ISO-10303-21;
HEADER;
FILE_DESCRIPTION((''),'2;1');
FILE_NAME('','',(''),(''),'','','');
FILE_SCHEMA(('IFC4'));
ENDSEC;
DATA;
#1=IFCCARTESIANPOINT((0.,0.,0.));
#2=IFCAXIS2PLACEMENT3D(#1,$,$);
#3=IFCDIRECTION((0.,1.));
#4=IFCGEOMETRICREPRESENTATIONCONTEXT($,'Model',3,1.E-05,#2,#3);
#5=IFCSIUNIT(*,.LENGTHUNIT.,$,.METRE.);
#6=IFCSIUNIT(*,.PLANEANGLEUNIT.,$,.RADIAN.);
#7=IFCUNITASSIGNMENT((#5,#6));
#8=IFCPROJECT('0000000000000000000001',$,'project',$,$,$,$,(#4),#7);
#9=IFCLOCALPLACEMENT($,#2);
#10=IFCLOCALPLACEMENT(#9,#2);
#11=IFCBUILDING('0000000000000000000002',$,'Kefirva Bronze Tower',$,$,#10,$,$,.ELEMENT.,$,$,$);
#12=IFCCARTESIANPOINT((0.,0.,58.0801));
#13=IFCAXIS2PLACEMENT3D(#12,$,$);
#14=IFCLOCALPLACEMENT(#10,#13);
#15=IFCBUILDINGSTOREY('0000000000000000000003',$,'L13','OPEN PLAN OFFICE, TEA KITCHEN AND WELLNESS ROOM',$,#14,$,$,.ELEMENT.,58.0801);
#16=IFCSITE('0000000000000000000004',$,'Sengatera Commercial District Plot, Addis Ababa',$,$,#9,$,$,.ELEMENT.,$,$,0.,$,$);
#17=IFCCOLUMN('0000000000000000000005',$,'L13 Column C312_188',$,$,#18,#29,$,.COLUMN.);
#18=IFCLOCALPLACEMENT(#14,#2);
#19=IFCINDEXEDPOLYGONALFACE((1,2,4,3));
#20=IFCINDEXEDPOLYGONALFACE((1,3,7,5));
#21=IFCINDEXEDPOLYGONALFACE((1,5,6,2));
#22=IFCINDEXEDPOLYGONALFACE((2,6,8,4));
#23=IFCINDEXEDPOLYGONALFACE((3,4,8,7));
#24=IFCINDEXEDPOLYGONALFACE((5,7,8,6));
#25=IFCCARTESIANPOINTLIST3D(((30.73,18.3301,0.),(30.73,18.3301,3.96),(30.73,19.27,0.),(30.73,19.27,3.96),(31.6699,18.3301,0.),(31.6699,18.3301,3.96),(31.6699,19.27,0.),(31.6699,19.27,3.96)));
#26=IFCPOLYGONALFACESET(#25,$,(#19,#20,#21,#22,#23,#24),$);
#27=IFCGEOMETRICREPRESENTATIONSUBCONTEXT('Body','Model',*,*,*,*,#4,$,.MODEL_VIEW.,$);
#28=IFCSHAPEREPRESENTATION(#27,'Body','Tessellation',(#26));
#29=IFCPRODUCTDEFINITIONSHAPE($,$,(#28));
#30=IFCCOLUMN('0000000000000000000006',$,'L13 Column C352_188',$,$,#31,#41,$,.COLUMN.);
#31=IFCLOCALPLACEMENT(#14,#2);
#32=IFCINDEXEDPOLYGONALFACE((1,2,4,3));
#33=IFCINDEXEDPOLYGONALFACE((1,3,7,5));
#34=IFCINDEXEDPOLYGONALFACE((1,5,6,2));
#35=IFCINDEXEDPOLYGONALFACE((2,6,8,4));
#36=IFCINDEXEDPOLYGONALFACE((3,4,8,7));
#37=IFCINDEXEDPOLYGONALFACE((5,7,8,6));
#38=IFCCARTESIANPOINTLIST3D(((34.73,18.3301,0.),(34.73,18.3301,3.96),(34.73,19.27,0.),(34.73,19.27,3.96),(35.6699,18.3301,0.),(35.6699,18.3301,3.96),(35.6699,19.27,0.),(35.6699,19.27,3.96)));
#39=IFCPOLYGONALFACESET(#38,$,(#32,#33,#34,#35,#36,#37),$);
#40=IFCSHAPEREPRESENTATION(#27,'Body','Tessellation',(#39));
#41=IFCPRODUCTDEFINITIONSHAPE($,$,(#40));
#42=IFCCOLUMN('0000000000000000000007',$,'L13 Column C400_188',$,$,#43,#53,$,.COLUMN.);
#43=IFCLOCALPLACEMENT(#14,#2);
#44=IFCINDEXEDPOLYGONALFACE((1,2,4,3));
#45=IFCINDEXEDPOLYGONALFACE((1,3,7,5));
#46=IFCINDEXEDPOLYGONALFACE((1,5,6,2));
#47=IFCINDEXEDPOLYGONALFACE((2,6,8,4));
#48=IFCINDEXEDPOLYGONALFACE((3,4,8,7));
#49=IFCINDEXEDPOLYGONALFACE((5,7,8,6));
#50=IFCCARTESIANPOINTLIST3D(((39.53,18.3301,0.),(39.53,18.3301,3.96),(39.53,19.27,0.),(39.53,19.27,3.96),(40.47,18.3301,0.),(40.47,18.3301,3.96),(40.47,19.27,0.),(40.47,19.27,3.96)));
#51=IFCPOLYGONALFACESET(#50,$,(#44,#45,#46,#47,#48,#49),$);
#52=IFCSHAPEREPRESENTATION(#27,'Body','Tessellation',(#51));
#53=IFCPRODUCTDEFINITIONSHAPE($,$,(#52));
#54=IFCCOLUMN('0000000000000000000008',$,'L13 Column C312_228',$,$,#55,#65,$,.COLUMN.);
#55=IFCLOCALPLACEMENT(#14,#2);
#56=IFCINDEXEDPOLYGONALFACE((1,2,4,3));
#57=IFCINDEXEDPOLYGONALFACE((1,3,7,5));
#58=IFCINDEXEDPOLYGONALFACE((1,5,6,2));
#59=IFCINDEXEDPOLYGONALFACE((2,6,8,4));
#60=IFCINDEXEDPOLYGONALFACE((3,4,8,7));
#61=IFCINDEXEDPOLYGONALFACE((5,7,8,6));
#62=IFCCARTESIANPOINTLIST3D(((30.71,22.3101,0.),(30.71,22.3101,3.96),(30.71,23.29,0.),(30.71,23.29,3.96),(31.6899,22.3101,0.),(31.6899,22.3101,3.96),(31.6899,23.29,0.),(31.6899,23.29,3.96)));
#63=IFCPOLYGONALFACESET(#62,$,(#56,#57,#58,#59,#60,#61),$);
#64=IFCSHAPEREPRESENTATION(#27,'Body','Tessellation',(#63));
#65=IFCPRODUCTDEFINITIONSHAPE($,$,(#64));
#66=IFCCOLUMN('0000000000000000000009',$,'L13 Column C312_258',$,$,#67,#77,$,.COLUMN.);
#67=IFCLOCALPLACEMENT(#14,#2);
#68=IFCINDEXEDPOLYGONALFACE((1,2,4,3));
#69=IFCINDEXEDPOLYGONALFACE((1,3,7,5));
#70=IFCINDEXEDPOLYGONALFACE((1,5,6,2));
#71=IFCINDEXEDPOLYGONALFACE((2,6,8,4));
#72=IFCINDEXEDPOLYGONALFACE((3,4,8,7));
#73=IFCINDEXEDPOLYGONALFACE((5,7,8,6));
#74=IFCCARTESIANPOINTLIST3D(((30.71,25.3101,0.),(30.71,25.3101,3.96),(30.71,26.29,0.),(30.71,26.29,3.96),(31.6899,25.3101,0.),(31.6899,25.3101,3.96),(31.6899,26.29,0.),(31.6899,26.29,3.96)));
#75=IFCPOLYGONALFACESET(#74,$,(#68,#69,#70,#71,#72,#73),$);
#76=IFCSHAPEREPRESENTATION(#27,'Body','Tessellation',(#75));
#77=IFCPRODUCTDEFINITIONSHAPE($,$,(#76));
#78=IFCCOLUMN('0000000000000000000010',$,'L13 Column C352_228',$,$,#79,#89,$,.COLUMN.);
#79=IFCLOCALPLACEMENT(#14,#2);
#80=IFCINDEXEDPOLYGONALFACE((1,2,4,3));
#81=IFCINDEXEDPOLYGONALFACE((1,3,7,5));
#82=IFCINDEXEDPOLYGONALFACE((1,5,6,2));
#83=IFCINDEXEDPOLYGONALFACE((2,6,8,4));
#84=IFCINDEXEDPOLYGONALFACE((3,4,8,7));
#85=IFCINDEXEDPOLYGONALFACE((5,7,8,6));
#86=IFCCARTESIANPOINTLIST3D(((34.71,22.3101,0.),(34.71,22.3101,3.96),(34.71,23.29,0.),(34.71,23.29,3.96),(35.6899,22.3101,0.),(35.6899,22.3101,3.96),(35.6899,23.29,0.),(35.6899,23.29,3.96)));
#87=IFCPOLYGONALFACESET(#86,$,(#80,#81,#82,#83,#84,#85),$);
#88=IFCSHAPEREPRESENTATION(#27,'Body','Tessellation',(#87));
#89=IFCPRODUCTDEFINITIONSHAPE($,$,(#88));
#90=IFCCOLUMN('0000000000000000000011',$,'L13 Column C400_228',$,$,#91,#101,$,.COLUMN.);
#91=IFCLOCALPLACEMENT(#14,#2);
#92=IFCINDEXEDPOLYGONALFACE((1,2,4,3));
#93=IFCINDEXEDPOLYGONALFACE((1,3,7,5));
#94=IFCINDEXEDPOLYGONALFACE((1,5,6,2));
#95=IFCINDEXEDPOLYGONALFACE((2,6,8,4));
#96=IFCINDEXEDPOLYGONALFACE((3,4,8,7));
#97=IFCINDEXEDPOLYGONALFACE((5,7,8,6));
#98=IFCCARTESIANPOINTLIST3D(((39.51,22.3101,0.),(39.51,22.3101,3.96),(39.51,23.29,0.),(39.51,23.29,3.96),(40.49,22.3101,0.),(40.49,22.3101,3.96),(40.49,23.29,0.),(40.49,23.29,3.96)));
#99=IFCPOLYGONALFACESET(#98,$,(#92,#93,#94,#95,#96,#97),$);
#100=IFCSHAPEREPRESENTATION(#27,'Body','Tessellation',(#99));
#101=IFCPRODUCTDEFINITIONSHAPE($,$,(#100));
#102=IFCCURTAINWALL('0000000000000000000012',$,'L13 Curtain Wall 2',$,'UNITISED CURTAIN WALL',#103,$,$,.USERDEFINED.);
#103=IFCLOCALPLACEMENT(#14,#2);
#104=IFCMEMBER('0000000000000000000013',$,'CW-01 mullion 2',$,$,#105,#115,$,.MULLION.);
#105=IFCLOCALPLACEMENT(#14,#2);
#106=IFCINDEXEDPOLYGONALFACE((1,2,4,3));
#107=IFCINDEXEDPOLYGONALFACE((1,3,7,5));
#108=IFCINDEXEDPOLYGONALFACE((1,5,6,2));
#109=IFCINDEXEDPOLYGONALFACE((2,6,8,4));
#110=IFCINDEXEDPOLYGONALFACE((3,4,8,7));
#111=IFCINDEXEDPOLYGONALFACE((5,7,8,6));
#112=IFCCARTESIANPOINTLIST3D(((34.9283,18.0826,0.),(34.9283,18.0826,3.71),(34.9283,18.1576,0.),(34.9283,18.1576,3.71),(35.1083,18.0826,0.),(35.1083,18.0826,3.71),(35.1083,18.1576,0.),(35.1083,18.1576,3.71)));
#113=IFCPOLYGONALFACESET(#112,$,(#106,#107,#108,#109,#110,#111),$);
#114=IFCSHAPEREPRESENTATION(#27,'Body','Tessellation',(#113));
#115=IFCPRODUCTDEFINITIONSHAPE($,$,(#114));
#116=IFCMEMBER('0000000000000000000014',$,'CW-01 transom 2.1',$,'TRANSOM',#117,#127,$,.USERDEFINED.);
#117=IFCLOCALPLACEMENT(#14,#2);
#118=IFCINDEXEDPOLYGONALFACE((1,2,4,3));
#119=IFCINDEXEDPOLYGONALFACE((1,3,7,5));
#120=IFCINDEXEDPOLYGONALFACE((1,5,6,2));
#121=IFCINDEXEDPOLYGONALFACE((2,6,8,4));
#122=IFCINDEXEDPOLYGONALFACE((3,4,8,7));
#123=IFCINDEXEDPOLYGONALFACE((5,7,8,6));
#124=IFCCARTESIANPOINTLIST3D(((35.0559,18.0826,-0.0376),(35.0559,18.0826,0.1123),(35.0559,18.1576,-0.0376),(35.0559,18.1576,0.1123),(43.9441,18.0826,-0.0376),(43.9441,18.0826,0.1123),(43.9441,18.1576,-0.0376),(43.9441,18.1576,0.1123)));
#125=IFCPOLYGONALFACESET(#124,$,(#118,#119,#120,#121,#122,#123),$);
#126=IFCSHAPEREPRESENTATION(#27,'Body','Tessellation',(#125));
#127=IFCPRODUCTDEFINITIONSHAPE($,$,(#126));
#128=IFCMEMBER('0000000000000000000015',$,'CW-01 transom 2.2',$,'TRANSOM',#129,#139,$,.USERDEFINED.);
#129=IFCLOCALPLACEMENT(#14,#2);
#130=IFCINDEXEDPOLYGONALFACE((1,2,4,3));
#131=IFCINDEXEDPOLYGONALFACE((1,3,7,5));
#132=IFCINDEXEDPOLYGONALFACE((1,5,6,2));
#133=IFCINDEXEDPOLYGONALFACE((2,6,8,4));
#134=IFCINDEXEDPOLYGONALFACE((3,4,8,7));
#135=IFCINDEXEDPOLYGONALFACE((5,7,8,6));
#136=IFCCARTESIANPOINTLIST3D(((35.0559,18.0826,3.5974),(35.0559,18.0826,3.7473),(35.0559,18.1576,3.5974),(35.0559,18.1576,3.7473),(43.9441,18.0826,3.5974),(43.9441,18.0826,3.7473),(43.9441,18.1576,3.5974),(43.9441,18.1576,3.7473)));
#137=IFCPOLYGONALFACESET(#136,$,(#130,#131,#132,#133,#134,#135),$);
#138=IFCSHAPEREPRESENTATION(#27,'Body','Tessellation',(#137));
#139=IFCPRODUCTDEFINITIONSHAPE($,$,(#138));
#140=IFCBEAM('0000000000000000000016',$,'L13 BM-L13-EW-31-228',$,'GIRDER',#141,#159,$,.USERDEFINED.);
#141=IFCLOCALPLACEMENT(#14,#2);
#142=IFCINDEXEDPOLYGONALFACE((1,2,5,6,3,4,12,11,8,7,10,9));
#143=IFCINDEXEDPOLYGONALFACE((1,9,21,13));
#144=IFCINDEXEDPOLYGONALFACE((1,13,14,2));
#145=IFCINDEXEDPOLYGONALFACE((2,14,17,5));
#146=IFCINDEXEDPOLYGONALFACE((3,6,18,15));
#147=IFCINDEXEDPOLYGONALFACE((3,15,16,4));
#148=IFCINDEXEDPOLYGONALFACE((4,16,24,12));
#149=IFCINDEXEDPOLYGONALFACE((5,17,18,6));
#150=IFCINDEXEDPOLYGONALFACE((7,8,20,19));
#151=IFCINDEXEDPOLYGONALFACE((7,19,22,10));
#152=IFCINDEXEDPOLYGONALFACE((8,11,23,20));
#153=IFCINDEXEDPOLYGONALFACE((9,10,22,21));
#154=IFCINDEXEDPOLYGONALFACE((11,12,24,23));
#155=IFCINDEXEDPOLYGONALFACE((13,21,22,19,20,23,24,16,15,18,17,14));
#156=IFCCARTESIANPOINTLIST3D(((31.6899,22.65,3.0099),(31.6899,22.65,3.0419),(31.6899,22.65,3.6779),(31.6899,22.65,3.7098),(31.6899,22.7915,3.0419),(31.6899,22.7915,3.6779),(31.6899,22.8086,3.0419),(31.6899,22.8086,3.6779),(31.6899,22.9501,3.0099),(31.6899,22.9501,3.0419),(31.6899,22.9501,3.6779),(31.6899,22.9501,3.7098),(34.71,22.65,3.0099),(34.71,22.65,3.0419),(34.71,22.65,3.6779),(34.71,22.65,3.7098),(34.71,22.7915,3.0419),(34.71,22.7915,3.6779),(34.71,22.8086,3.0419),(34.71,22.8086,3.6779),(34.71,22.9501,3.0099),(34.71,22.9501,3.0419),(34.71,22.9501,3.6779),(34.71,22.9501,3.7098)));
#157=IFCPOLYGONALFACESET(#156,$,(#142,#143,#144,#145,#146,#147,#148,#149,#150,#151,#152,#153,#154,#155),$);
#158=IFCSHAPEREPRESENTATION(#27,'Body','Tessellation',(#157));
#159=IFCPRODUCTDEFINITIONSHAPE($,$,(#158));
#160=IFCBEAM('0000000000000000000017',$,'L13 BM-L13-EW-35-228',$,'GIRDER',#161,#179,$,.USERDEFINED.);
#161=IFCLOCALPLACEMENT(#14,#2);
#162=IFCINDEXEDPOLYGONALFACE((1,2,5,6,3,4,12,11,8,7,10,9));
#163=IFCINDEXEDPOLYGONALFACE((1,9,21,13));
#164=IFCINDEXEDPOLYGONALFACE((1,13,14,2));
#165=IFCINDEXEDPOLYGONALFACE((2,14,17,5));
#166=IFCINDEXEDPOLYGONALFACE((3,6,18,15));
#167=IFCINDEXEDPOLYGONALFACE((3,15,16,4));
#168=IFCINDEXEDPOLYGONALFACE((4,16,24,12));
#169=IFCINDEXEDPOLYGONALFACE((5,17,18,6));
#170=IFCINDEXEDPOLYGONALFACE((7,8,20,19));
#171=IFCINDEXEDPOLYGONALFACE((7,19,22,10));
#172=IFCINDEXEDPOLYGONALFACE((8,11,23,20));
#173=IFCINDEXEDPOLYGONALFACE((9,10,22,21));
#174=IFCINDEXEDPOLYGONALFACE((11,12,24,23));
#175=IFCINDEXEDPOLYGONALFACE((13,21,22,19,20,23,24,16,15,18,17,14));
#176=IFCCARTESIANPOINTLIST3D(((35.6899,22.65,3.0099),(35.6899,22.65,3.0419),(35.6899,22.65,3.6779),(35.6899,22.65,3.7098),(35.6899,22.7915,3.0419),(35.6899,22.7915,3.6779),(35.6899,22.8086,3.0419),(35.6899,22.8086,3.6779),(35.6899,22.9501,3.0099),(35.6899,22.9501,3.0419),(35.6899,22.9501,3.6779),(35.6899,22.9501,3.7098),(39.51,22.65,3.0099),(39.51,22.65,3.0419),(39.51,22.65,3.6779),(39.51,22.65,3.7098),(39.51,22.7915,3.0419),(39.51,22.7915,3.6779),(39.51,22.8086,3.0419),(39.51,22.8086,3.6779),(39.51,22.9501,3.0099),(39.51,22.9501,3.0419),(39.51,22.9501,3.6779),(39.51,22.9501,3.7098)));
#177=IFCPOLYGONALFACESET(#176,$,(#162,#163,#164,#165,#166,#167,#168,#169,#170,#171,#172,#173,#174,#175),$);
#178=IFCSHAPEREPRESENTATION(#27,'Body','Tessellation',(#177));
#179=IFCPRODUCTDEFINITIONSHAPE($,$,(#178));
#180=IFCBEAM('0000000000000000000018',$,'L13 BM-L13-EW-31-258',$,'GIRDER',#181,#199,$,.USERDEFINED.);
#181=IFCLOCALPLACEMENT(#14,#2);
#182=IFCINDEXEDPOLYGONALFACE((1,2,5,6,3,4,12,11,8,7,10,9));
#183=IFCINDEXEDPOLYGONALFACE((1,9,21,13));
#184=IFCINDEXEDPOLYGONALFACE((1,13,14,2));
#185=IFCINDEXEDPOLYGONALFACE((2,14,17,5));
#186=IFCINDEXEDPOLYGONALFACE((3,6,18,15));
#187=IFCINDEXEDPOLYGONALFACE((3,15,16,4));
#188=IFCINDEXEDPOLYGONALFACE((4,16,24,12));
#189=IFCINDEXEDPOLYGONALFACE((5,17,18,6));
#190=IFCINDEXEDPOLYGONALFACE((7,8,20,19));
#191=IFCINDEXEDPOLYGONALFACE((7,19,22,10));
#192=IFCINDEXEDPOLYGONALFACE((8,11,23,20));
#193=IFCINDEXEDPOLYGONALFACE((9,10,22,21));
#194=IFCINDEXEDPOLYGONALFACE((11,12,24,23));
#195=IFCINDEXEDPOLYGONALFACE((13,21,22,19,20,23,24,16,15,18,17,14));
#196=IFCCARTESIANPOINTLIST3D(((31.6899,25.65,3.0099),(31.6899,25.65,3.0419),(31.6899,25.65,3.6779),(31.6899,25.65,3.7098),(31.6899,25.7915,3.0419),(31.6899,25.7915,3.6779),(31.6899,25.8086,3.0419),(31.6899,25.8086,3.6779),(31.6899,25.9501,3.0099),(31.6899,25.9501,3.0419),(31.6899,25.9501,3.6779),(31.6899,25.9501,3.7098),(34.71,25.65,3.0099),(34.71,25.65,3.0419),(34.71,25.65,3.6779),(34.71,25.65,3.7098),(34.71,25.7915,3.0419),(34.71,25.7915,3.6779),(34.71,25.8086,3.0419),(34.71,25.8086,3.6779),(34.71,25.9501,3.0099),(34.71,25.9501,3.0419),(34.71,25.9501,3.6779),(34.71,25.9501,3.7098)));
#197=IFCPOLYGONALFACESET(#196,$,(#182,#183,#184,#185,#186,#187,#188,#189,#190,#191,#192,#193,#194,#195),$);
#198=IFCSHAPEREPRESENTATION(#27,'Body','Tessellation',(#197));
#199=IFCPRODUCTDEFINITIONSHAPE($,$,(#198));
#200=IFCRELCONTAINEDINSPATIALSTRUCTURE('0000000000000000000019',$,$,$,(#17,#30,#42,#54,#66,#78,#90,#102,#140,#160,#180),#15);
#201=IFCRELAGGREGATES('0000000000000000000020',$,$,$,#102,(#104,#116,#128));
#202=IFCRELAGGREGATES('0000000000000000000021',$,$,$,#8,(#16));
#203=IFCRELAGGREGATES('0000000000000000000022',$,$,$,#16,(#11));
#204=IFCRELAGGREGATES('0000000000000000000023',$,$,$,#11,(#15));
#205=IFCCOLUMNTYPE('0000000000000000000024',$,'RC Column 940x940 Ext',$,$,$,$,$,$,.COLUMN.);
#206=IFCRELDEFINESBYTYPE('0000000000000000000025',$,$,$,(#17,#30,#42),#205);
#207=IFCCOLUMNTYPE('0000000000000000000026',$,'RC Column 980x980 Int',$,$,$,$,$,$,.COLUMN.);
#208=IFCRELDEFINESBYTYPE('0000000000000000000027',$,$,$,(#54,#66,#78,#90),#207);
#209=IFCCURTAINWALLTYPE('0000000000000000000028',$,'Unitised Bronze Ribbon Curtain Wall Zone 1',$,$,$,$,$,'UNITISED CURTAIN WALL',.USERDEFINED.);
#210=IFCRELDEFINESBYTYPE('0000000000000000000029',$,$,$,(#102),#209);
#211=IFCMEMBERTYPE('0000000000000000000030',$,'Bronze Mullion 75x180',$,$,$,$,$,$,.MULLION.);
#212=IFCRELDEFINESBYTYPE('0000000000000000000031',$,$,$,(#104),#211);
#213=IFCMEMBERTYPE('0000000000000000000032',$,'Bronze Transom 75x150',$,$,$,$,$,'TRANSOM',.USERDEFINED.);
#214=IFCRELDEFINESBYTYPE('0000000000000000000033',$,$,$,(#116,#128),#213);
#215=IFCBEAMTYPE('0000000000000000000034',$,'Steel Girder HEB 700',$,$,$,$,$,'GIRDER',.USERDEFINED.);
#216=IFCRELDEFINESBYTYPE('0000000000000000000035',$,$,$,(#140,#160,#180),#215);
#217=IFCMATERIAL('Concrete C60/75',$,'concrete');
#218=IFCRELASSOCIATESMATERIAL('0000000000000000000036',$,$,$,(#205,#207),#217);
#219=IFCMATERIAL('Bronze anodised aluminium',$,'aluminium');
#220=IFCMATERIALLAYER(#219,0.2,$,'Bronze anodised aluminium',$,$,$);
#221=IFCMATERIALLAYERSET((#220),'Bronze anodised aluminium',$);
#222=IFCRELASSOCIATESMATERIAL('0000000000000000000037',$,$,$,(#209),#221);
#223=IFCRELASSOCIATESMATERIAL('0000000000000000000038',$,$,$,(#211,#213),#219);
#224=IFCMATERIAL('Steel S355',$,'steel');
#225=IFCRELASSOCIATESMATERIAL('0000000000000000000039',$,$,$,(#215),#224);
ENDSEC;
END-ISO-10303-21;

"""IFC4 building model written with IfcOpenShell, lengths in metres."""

from ifc_helpers import new_model, si_unit, direction, frame, origin, origin_2d, place, context, subcontext, project, spatial, rectangle, i_section, extrude, material, layer, layer_set, material_profile, profile_set, type_object, element, aggregate, save


model = new_model("IFC4")

# Units and contexts
model_context = context("Model", 3, precision=1e-05, world=origin(), true_north=direction((0.0, 1.0)))
body_context = subcontext(model_context, "Body", "Model", "MODEL_VIEW")
ifc_project = project(units=[si_unit("LENGTHUNIT", "METRE"), si_unit("PLANEANGLEUNIT", "RADIAN")], contexts=[model_context])

# Site, building, storey
site_placement = place(None, origin())
site = spatial("IfcSite", under=ifc_project, at=site_placement, Name="Sengatera Commercial District Plot, Addis Ababa", CompositionType="ELEMENT", RefElevation=0.0)
building_placement = place(site_placement, origin())
building = spatial("IfcBuilding", under=site, at=building_placement, Name="Kefirva Bronze Tower", CompositionType="ELEMENT")
storey_placement = place(building_placement, frame((0.0, 0.0, 58.0801)))
storey = spatial("IfcBuildingStorey", under=building, at=storey_placement, Name="L13", Description="OPEN PLAN OFFICE, TEA KITCHEN AND WELLNESS ROOM", CompositionType="ELEMENT", Elevation=58.0801)

# Columns
ifc_material_1 = material(Name="Concrete C60/75", Category="concrete")
ifc_material_profile_1 = material_profile(ifc_material_1, rectangle(XDim=0.9399, YDim=0.9399, at=origin_2d()), Name="RC 940x940")
ifc_profile_set_1 = profile_set([ifc_material_profile_1], Name="Concrete C60/75")
column_type_1 = type_object("IfcColumnType", Name="RC Column 940x940 Ext", PredefinedType="COLUMN", material=ifc_profile_set_1)
for number, where, z_axis, x_axis, name in (
    (1, (31.2, 18.8, 0.0), (0.0, 0.0, 1.0), (1.0, 0.0, 0.0), "L13 Column C312_188"),
    (2, (35.2, 18.8, 0.0), (0.0, 0.0, 1.0), (1.0, 0.0, 0.0), "L13 Column C352_188"),
    (3, (40.0, 18.8, 0.0), (0.0, 0.0, 1.0), (1.0, 0.0, 0.0), "L13 Column C400_188"),
):
    element("IfcColumn", number, at=place(storey_placement, frame(where, z_axis=z_axis, x_axis=x_axis)), inside=storey, type_object=column_type_1, Name=name, PredefinedType="COLUMN", context=body_context, shape_type="SweptSolid", body=[
        extrude(rectangle(XDim=0.9399, YDim=0.9399, at=origin_2d()), origin(), (0.0, 0.0, 1.0), 3.96),
    ])
ifc_material_profile_2 = material_profile(ifc_material_1, rectangle(XDim=0.98, YDim=0.98, at=origin_2d()), Name="RC 980x980")
ifc_profile_set_2 = profile_set([ifc_material_profile_2], Name="Concrete C60/75")
column_type_2 = type_object("IfcColumnType", Name="RC Column 980x980 Int", PredefinedType="COLUMN", material=ifc_profile_set_2)
for number, where, z_axis, x_axis, name in (
    (4, (31.2, 22.8, 0.0), (0.0, 0.0, 1.0), (1.0, 0.0, 0.0), "L13 Column C312_228"),
    (5, (31.2, 25.8, 0.0), (0.0, 0.0, 1.0), (1.0, 0.0, 0.0), "L13 Column C312_258"),
    (6, (35.2, 22.8, 0.0), (0.0, 0.0, 1.0), (1.0, 0.0, 0.0), "L13 Column C352_228"),
    (7, (40.0, 22.8, 0.0), (0.0, 0.0, 1.0), (1.0, 0.0, 0.0), "L13 Column C400_228"),
):
    element("IfcColumn", number, at=place(storey_placement, frame(where, z_axis=z_axis, x_axis=x_axis)), inside=storey, type_object=column_type_2, Name=name, PredefinedType="COLUMN", context=body_context, shape_type="SweptSolid", body=[
        extrude(rectangle(XDim=0.98, YDim=0.98, at=origin_2d()), origin(), (0.0, 0.0, 1.0), 3.96),
    ])

# Curtain wall, members
ifc_material_2 = material(Name="Bronze anodised aluminium", Category="aluminium")
ifc_layer_1 = layer(ifc_material_2, 0.2, Name="Bronze anodised aluminium")
ifc_layer_set_1 = layer_set([ifc_layer_1], Name="Bronze anodised aluminium")
curtain_wall_type = type_object("IfcCurtainWallType", Name="Unitised Bronze Ribbon Curtain Wall Zone 1", ElementType="UNITISED CURTAIN WALL", PredefinedType="USERDEFINED", material=ifc_layer_set_1)
curtain_wall_placement = place(storey_placement, origin())
curtain_wall = element("IfcCurtainWall", 8, at=curtain_wall_placement, inside=storey, type_object=curtain_wall_type, Name="L13 Curtain Wall 2", ObjectType="UNITISED CURTAIN WALL", PredefinedType="USERDEFINED")
ifc_material_profile_3 = material_profile(ifc_material_2, rectangle(XDim=0.075, YDim=0.1799, at=origin_2d()), Name="ALU 75x180")
ifc_profile_set_3 = profile_set([ifc_material_profile_3], Name="Bronze anodised aluminium")
member_type_1 = type_object("IfcMemberType", Name="Bronze Mullion 75x180", PredefinedType="MULLION", material=ifc_profile_set_3)
member_1_placement = place(storey_placement, frame((35.0183, 18.1201, 0.0), z_axis=(0.0, 0.0, 1.0), x_axis=(0.0, 1.0, 0.0)))
member_1 = element("IfcMember", 9, at=member_1_placement, type_object=member_type_1, Name="CW-01 mullion 2", PredefinedType="MULLION", context=body_context, shape_type="SweptSolid", body=[
    extrude(rectangle(XDim=0.075, YDim=0.1799, at=origin_2d()), origin(), (0.0, 0.0, 1.0), 3.71),
])
ifc_material_profile_4 = material_profile(ifc_material_2, rectangle(XDim=0.075, YDim=0.1499, at=origin_2d()), Name="ALU 75x150")
ifc_profile_set_4 = profile_set([ifc_material_profile_4], Name="Bronze anodised aluminium")
member_type_2 = type_object("IfcMemberType", Name="Bronze Transom 75x150", ElementType="TRANSOM", PredefinedType="USERDEFINED", material=ifc_profile_set_4)
member_2_placement = place(storey_placement, frame((35.0559, 18.1201, 0.0374), z_axis=(1.0, 0.0, 0.0), x_axis=(0.0, 1.0, 0.0)))
member_2 = element("IfcMember", 10, at=member_2_placement, type_object=member_type_2, Name="CW-01 transom 2.1", ObjectType="TRANSOM", PredefinedType="USERDEFINED", context=body_context, shape_type="SweptSolid", body=[
    extrude(rectangle(XDim=0.075, YDim=0.1499, at=origin_2d()), origin(), (0.0, 0.0, 1.0), 8.8882),
])
member_3_placement = place(storey_placement, frame((35.0559, 18.1201, 3.6724), z_axis=(1.0, 0.0, 0.0), x_axis=(0.0, 1.0, 0.0)))
member_3 = element("IfcMember", 11, at=member_3_placement, type_object=member_type_2, Name="CW-01 transom 2.2", ObjectType="TRANSOM", PredefinedType="USERDEFINED", context=body_context, shape_type="SweptSolid", body=[
    extrude(rectangle(XDim=0.075, YDim=0.1499, at=origin_2d()), origin(), (0.0, 0.0, 1.0), 8.8882),
])

# Beams
ifc_material_3 = material(Name="Steel S355", Category="steel")
ifc_material_profile_5 = material_profile(ifc_material_3, i_section(OverallWidth=0.3, OverallDepth=0.7, WebThickness=0.0171, FlangeThickness=0.032, at=origin_2d()), Name="HEB 700")
ifc_profile_set_5 = profile_set([ifc_material_profile_5], Name="Steel S355")
beam_type_1 = type_object("IfcBeamType", Name="Steel Girder HEB 700", ElementType="GIRDER", PredefinedType="USERDEFINED", material=ifc_profile_set_5)
beam_1_placement = place(storey_placement, frame((31.6899, 22.8, 3.3599), z_axis=(1.0, 0.0, 0.0), x_axis=(0.0, 1.0, 0.0)))
element("IfcBeam", 12, at=beam_1_placement, inside=storey, type_object=beam_type_1, Name="L13 BM-L13-EW-31-228", ObjectType="GIRDER", PredefinedType="USERDEFINED", context=body_context, shape_type="SweptSolid", body=[
    extrude(i_section(OverallWidth=0.3, OverallDepth=0.7, WebThickness=0.0171, FlangeThickness=0.032, at=origin_2d()), origin(), (0.0, 0.0, 1.0), 3.02),
])
beam_2_placement = place(storey_placement, frame((35.6899, 22.8, 3.3599), z_axis=(1.0, 0.0, 0.0), x_axis=(0.0, 1.0, 0.0)))
element("IfcBeam", 13, at=beam_2_placement, inside=storey, type_object=beam_type_1, Name="L13 BM-L13-EW-35-228", ObjectType="GIRDER", PredefinedType="USERDEFINED", context=body_context, shape_type="SweptSolid", body=[
    extrude(i_section(OverallWidth=0.3, OverallDepth=0.7, WebThickness=0.0171, FlangeThickness=0.032, at=origin_2d()), origin(), (0.0, 0.0, 1.0), 3.8201),
])
beam_3_placement = place(storey_placement, frame((31.6899, 25.8, 3.3599), z_axis=(1.0, 0.0, 0.0), x_axis=(0.0, 1.0, 0.0)))
element("IfcBeam", 14, at=beam_3_placement, inside=storey, type_object=beam_type_1, Name="L13 BM-L13-EW-31-258", ObjectType="GIRDER", PredefinedType="USERDEFINED", context=body_context, shape_type="SweptSolid", body=[
    extrude(i_section(OverallWidth=0.3, OverallDepth=0.7, WebThickness=0.0171, FlangeThickness=0.032, at=origin_2d()), origin(), (0.0, 0.0, 1.0), 3.02),
])

aggregate(curtain_wall, [member_1, member_2, member_3])

save(model, "model.ifc")
